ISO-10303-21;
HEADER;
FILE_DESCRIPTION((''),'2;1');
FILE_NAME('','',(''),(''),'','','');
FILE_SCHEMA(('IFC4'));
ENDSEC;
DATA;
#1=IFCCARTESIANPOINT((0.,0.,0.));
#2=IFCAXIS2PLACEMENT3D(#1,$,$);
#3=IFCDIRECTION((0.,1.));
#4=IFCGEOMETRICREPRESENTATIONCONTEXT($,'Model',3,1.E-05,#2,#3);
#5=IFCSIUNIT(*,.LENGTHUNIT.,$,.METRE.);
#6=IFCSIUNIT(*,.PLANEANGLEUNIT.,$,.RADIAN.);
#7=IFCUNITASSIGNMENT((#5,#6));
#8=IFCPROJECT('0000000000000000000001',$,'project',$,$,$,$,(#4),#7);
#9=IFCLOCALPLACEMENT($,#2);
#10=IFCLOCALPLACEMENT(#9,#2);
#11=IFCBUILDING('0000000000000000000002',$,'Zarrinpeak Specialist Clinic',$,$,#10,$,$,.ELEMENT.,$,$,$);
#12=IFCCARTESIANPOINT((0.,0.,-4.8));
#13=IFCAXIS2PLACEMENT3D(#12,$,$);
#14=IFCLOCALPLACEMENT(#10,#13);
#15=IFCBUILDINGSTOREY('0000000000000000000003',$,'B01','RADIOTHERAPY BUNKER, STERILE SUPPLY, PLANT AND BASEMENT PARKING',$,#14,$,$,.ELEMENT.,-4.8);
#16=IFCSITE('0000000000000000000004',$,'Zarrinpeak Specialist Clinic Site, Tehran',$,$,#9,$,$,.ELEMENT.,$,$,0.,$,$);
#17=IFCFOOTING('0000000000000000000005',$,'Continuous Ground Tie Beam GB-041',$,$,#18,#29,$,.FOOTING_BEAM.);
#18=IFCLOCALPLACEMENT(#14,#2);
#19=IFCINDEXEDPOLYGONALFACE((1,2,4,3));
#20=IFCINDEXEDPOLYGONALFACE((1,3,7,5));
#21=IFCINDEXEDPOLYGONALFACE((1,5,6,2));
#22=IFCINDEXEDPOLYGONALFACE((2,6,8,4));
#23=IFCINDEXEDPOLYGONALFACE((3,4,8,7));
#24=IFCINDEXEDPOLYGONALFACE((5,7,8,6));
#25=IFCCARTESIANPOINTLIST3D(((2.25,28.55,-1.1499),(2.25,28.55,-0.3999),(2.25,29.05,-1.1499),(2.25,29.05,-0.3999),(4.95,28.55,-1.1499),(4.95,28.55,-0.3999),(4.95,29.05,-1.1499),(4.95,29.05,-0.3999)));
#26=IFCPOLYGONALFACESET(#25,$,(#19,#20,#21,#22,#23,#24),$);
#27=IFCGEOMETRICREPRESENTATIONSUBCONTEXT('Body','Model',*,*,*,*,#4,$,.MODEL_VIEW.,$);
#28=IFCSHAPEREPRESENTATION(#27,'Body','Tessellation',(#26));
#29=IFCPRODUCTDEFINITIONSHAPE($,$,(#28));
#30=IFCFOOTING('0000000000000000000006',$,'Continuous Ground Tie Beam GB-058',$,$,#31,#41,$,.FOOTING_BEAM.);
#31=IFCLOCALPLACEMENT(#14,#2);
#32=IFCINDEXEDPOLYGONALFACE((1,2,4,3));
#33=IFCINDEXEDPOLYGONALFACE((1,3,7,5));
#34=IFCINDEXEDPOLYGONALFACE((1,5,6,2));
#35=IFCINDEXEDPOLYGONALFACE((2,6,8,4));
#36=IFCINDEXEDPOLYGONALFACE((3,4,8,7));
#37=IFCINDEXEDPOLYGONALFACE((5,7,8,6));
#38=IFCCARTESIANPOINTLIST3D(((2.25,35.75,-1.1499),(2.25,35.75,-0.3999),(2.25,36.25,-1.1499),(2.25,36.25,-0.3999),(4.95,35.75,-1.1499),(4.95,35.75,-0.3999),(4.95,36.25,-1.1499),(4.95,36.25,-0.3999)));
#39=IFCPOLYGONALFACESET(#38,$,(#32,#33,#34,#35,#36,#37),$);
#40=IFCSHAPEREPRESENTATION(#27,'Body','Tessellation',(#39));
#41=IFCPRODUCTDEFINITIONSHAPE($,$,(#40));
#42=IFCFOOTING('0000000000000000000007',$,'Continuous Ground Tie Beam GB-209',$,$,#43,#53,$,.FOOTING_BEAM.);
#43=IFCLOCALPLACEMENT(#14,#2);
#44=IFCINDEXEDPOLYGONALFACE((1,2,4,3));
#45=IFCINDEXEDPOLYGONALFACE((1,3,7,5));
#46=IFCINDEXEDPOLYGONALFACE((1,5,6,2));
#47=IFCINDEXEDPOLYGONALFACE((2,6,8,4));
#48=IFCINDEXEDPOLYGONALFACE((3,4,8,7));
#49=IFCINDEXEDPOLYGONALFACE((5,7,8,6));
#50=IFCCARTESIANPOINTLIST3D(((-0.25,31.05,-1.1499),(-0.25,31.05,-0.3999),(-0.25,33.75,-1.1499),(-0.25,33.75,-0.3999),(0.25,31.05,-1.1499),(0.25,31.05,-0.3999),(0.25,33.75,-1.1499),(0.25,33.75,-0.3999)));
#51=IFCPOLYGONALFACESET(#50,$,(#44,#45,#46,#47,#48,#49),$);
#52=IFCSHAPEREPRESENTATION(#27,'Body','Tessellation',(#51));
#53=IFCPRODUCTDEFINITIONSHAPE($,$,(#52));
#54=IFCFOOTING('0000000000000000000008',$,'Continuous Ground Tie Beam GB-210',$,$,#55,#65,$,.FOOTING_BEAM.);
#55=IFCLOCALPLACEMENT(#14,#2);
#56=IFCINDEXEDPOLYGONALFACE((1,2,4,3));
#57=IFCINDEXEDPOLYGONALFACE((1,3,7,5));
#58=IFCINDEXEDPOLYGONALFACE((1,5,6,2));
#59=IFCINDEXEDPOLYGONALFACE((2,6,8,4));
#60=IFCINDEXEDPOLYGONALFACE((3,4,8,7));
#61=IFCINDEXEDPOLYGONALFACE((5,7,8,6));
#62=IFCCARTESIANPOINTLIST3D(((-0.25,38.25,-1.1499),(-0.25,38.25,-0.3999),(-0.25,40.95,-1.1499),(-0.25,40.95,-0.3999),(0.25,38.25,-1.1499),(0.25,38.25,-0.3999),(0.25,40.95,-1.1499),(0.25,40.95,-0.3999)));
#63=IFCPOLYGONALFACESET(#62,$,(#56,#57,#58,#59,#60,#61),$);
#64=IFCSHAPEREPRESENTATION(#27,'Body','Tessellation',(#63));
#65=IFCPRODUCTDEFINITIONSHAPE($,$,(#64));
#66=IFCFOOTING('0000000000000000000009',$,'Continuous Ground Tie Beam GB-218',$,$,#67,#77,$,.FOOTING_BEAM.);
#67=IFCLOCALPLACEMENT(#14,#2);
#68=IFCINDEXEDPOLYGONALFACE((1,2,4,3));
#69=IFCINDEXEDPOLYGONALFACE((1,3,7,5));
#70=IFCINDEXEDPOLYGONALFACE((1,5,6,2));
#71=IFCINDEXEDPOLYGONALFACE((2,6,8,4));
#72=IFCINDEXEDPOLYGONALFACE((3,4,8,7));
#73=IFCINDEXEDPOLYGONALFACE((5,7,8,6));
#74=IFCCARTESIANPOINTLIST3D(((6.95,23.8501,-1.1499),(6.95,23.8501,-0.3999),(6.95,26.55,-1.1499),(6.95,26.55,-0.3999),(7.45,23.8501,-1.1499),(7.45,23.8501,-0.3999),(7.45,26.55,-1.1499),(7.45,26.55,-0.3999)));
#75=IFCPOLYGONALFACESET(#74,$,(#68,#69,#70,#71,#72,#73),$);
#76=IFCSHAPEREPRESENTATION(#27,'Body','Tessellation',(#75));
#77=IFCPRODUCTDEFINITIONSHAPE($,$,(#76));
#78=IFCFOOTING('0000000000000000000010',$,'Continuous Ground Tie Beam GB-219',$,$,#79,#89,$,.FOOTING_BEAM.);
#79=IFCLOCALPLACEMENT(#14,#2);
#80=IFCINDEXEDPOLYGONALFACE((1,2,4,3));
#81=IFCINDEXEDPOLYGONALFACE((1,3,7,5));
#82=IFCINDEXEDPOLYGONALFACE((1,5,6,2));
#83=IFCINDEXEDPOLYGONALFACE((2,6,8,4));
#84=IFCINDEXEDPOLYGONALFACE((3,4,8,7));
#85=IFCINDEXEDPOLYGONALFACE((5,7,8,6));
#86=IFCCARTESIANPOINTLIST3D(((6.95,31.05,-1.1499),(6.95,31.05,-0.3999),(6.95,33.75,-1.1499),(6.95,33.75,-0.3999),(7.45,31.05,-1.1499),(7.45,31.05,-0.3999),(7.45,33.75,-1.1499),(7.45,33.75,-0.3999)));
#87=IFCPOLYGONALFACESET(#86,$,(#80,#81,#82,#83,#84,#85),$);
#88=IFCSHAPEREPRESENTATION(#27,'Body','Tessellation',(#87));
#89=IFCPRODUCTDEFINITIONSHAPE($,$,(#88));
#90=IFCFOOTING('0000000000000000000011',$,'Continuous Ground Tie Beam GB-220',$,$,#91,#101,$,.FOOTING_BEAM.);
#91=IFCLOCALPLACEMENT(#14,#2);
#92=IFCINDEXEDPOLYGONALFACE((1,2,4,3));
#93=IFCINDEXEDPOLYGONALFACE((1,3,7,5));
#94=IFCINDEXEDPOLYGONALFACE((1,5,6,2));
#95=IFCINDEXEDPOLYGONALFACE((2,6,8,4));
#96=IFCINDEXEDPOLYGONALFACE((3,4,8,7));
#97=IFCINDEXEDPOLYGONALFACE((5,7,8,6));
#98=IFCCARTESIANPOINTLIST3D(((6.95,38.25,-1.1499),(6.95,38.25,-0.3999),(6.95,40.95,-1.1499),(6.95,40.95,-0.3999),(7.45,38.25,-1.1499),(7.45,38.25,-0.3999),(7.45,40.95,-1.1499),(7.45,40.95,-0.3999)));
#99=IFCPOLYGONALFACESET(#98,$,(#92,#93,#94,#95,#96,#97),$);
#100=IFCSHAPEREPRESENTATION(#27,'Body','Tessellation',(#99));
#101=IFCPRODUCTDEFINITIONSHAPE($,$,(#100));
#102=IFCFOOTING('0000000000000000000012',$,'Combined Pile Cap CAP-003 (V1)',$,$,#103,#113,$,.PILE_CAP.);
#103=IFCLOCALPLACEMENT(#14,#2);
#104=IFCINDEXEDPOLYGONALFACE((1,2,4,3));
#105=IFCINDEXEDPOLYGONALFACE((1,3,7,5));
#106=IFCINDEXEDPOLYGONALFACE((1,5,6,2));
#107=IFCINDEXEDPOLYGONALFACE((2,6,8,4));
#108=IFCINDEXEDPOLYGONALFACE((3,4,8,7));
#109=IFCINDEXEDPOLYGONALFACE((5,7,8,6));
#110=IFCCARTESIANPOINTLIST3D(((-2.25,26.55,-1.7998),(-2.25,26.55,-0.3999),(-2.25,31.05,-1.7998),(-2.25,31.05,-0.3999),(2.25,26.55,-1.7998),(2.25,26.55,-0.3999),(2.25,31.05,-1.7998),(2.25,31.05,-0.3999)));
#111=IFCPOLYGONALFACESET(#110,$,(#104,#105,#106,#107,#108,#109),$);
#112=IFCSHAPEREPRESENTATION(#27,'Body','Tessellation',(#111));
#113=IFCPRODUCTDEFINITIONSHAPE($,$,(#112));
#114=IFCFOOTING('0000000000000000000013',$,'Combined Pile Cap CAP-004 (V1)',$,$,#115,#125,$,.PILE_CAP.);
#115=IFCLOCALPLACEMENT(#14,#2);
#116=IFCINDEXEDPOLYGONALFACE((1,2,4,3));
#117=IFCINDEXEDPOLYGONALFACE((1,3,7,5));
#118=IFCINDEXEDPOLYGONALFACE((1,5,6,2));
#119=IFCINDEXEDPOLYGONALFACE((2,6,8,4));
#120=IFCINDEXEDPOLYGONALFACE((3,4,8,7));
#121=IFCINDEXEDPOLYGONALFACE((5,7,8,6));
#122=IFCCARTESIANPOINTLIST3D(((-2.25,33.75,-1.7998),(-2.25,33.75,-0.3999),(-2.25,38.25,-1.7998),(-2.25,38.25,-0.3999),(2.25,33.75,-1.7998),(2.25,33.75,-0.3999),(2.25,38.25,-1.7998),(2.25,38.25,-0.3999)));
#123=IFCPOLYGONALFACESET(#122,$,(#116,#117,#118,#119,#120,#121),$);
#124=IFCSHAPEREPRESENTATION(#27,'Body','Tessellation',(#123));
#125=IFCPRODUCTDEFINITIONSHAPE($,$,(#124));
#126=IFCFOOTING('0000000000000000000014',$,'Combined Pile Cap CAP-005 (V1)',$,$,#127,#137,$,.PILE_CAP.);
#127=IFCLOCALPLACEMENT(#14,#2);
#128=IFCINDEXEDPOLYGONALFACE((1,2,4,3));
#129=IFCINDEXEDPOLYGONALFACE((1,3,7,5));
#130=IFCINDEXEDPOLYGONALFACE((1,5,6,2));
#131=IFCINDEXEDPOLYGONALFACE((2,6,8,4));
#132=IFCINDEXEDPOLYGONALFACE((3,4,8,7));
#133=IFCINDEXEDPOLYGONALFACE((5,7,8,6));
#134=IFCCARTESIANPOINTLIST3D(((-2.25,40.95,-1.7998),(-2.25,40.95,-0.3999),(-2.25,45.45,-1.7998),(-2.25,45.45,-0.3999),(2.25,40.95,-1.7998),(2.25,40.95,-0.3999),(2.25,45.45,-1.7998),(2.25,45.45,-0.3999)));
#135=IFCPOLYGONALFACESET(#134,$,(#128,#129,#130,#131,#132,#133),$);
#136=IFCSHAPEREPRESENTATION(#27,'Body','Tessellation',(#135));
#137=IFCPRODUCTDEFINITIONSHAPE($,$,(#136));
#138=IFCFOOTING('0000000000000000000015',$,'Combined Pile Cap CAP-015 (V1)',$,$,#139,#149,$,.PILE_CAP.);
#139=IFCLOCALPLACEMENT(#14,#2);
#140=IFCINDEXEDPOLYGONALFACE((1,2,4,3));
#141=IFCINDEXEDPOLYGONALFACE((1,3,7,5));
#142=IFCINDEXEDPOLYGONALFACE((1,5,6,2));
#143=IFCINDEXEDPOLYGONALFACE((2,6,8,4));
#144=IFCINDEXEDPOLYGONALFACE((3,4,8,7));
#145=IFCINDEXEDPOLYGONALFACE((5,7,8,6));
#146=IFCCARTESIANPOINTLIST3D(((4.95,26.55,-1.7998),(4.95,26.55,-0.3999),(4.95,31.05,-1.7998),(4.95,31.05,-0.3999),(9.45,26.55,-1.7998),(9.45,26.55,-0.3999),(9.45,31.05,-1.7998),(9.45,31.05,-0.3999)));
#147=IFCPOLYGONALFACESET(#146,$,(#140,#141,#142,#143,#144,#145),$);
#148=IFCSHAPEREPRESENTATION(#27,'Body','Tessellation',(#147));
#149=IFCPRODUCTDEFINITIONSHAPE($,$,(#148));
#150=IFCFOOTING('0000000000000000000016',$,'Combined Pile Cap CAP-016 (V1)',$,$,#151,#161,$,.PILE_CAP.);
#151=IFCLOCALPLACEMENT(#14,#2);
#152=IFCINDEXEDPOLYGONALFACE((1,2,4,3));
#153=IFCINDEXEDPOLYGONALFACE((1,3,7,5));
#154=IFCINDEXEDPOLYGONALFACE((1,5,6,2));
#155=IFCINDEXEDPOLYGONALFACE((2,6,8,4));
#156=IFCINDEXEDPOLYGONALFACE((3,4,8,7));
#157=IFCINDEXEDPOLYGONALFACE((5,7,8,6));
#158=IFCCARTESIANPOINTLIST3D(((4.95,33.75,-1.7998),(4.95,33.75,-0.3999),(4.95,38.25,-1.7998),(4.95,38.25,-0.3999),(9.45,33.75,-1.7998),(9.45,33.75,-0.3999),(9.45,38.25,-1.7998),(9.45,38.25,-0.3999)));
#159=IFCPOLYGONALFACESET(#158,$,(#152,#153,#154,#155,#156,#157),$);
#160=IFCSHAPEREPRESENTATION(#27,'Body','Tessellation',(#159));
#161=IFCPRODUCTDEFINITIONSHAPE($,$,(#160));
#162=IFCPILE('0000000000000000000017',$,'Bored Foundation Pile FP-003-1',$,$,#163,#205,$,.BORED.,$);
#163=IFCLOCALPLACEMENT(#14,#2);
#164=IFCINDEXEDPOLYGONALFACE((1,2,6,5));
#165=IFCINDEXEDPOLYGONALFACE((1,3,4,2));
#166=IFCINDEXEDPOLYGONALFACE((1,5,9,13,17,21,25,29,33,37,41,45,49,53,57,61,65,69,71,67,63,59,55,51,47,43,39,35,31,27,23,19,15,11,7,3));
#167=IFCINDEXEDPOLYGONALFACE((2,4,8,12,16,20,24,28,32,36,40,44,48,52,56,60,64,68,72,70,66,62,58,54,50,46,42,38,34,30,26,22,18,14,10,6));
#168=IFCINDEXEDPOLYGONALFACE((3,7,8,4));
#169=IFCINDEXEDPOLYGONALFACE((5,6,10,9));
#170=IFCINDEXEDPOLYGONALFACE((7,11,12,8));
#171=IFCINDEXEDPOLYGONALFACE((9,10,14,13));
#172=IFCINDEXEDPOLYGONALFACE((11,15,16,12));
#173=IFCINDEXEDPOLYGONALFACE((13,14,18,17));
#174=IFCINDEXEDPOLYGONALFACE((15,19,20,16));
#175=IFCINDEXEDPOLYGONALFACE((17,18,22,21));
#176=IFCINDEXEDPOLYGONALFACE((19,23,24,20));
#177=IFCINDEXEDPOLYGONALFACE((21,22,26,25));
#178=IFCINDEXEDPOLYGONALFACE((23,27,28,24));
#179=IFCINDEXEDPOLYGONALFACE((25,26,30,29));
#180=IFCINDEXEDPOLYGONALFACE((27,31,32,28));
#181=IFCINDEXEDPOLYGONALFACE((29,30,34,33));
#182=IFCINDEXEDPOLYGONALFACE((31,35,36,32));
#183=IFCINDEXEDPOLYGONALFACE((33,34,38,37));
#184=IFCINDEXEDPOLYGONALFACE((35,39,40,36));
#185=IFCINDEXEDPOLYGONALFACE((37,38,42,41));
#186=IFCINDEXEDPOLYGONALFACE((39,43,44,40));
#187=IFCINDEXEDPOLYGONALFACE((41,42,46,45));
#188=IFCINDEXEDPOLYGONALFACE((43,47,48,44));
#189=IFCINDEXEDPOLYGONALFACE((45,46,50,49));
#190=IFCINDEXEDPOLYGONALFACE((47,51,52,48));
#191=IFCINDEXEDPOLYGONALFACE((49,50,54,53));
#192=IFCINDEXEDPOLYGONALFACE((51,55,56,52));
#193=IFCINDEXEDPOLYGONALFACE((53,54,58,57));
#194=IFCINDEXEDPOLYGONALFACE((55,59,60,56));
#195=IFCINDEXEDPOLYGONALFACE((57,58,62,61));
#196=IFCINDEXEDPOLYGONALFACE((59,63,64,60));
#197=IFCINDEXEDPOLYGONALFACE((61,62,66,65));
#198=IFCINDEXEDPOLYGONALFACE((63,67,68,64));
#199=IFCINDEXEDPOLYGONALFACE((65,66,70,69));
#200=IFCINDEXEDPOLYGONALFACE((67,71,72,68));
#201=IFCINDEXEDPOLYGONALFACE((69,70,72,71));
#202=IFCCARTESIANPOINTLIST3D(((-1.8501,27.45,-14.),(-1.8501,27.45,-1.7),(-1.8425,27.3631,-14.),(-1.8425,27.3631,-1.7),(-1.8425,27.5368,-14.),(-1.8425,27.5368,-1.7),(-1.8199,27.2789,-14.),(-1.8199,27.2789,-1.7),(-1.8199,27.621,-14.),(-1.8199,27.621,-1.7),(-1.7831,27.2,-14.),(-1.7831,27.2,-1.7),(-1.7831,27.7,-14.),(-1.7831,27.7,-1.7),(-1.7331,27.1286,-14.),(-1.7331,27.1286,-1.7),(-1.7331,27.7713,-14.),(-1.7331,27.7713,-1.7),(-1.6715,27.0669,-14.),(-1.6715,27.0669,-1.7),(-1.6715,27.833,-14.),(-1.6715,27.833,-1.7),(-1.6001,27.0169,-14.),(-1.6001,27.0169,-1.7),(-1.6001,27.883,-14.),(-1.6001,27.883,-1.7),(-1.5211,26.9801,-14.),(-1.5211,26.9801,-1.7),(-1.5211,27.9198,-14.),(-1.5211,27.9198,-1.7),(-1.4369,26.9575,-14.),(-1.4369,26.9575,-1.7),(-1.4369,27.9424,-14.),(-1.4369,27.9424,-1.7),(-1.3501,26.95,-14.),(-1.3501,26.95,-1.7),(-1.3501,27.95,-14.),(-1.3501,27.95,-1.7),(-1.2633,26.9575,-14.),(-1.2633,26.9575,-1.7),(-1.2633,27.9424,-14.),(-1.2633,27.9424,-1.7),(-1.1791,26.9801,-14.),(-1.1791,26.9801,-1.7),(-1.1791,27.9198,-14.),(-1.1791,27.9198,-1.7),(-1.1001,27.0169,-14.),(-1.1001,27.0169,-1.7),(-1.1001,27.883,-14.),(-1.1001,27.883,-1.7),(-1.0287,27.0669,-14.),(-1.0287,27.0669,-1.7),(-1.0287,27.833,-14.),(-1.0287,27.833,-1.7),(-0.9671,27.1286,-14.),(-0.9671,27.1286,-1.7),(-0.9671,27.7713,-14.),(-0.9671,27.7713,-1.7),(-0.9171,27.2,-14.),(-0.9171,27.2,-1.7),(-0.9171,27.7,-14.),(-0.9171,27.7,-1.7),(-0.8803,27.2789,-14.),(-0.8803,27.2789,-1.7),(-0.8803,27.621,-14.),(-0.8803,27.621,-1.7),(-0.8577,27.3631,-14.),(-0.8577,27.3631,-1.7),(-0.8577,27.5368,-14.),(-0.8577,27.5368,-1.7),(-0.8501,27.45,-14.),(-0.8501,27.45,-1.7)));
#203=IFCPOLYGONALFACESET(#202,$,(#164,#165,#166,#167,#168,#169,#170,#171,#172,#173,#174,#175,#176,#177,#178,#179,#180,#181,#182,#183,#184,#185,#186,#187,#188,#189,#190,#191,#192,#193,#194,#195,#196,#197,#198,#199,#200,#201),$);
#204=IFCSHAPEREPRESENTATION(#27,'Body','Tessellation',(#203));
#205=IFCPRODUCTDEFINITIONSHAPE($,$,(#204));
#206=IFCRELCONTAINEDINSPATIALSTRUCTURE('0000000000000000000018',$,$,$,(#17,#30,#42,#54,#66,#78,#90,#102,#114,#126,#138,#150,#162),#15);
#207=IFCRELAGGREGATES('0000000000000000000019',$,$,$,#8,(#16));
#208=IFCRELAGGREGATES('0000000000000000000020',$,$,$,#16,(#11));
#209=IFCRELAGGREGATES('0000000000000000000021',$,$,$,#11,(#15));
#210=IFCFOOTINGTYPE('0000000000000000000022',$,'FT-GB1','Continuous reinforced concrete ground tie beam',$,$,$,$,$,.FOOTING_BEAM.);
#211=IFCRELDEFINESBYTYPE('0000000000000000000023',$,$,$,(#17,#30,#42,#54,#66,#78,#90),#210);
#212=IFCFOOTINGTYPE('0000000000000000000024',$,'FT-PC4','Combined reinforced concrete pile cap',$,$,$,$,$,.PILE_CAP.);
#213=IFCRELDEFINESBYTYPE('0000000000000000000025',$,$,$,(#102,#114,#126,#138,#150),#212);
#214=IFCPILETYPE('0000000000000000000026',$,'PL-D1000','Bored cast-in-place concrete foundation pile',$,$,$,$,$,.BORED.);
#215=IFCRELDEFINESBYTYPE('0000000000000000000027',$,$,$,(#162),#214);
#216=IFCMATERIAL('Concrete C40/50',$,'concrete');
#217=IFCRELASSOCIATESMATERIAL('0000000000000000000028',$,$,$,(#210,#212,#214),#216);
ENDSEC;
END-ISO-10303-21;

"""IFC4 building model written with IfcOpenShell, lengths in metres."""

from ifc_helpers import new_model, si_unit, direction, frame, origin, origin_2d, place, context, subcontext, project, spatial, rectangle, circle, extrude, material, material_profile, profile_set, type_object, element, save


model = new_model("IFC4")

# Units and contexts
model_context = context("Model", 3, precision=1e-05, world=origin(), true_north=direction((0.0, 1.0)))
body_context = subcontext(model_context, "Body", "Model", "MODEL_VIEW")
ifc_project = project(units=[si_unit("LENGTHUNIT", "METRE"), si_unit("PLANEANGLEUNIT", "RADIAN")], contexts=[model_context])

# Site, building, storey
site_placement = place(None, origin())
site = spatial("IfcSite", under=ifc_project, at=site_placement, Name="Zarrinpeak Specialist Clinic Site, Tehran", CompositionType="ELEMENT", RefElevation=0.0)
building_placement = place(site_placement, origin())
building = spatial("IfcBuilding", under=site, at=building_placement, Name="Zarrinpeak Specialist Clinic", CompositionType="ELEMENT")
storey_placement = place(building_placement, frame((0.0, 0.0, -4.8)))
storey = spatial("IfcBuildingStorey", under=building, at=storey_placement, Name="B01", Description="RADIOTHERAPY BUNKER, STERILE SUPPLY, PLANT AND BASEMENT PARKING", CompositionType="ELEMENT", Elevation=-4.8)

# Footings
ifc_material = material(Name="Concrete C40/50", Category="concrete")
ifc_material_profile_1 = material_profile(ifc_material, rectangle(XDim=0.5, YDim=0.75, at=origin_2d()), Name="RC 500x750")
ifc_profile_set_1 = profile_set([ifc_material_profile_1], Name="Concrete C40/50")
footing_type_1 = type_object("IfcFootingType", Name="FT-GB1", Description="Continuous reinforced concrete ground tie beam", PredefinedType="FOOTING_BEAM", material=ifc_profile_set_1)
for number, where, z_axis, x_axis, name in (
    (1, (2.25, 28.8, -0.7749), (1.0, 0.0, 0.0), (0.0, 1.0, 0.0), "Continuous Ground Tie Beam GB-041"),
    (2, (2.25, 36.0, -0.7749), (1.0, 0.0, 0.0), (0.0, 1.0, 0.0), "Continuous Ground Tie Beam GB-058"),
    (3, (0.0, 31.05, -0.7749), (0.0, 1.0, 0.0), (-1.0, 0.0, 0.0), "Continuous Ground Tie Beam GB-209"),
    (4, (0.0, 38.25, -0.7749), (0.0, 1.0, 0.0), (-1.0, 0.0, 0.0), "Continuous Ground Tie Beam GB-210"),
    (5, (7.2, 23.8501, -0.7749), (0.0, 1.0, 0.0), (-1.0, 0.0, 0.0), "Continuous Ground Tie Beam GB-218"),
    (6, (7.2, 31.05, -0.7749), (0.0, 1.0, 0.0), (-1.0, 0.0, 0.0), "Continuous Ground Tie Beam GB-219"),
    (7, (7.2, 38.25, -0.7749), (0.0, 1.0, 0.0), (-1.0, 0.0, 0.0), "Continuous Ground Tie Beam GB-220"),
):
    element("IfcFooting", number, at=place(storey_placement, frame(where, z_axis=z_axis, x_axis=x_axis)), inside=storey, type_object=footing_type_1, Name=name, PredefinedType="FOOTING_BEAM", context=body_context, shape_type="SweptSolid", body=[
        extrude(rectangle(XDim=0.5, YDim=0.75, at=origin_2d()), origin(), (0.0, 0.0, 1.0), 2.7),
    ])
footing_type_2 = type_object("IfcFootingType", Name="FT-PC4", Description="Combined reinforced concrete pile cap", PredefinedType="PILE_CAP", material=ifc_material)
for number, where, z_axis, x_axis, name in (
    (8, (0.0, 28.8, -1.7998), (0.0, 0.0, 1.0), (1.0, 0.0, 0.0), "Combined Pile Cap CAP-003 (V1)"),
    (9, (0.0, 36.0, -1.7998), (0.0, 0.0, 1.0), (1.0, 0.0, 0.0), "Combined Pile Cap CAP-004 (V1)"),
    (10, (0.0, 43.2, -1.7998), (0.0, 0.0, 1.0), (1.0, 0.0, 0.0), "Combined Pile Cap CAP-005 (V1)"),
    (11, (7.2, 28.8, -1.7998), (0.0, 0.0, 1.0), (1.0, 0.0, 0.0), "Combined Pile Cap CAP-015 (V1)"),
    (12, (7.2, 36.0, -1.7998), (0.0, 0.0, 1.0), (1.0, 0.0, 0.0), "Combined Pile Cap CAP-016 (V1)"),
):
    element("IfcFooting", number, at=place(storey_placement, frame(where, z_axis=z_axis, x_axis=x_axis)), inside=storey, type_object=footing_type_2, Name=name, PredefinedType="PILE_CAP", context=body_context, shape_type="SweptSolid", body=[
        extrude(rectangle(XDim=4.5, YDim=4.5, at=origin_2d()), origin(), (0.0, 0.0, 1.0), 1.3999),
    ])

# Pile
ifc_material_profile_2 = material_profile(ifc_material, circle(Radius=0.5, at=origin_2d()), Name="BORED PILE D1000")
ifc_profile_set_2 = profile_set([ifc_material_profile_2], Name="Concrete C40/50")
pile_type = type_object("IfcPileType", Name="PL-D1000", Description="Bored cast-in-place concrete foundation pile", PredefinedType="BORED", material=ifc_profile_set_2)
for number, where, z_axis, x_axis, name in (
    (13, (-1.3501, 27.45, -1.7), (0.0, 0.0, -1.0), (1.0, 0.0, 0.0), "Bored Foundation Pile FP-003-1"),
):
    element("IfcPile", number, at=place(storey_placement, frame(where, z_axis=z_axis, x_axis=x_axis)), inside=storey, type_object=pile_type, Name=name, PredefinedType="BORED", context=body_context, shape_type="SweptSolid", body=[
        extrude(circle(Radius=0.5, at=origin_2d()), origin(), (0.0, 0.0, 1.0), 12.3),
    ])

save(model, "model.ifc")
